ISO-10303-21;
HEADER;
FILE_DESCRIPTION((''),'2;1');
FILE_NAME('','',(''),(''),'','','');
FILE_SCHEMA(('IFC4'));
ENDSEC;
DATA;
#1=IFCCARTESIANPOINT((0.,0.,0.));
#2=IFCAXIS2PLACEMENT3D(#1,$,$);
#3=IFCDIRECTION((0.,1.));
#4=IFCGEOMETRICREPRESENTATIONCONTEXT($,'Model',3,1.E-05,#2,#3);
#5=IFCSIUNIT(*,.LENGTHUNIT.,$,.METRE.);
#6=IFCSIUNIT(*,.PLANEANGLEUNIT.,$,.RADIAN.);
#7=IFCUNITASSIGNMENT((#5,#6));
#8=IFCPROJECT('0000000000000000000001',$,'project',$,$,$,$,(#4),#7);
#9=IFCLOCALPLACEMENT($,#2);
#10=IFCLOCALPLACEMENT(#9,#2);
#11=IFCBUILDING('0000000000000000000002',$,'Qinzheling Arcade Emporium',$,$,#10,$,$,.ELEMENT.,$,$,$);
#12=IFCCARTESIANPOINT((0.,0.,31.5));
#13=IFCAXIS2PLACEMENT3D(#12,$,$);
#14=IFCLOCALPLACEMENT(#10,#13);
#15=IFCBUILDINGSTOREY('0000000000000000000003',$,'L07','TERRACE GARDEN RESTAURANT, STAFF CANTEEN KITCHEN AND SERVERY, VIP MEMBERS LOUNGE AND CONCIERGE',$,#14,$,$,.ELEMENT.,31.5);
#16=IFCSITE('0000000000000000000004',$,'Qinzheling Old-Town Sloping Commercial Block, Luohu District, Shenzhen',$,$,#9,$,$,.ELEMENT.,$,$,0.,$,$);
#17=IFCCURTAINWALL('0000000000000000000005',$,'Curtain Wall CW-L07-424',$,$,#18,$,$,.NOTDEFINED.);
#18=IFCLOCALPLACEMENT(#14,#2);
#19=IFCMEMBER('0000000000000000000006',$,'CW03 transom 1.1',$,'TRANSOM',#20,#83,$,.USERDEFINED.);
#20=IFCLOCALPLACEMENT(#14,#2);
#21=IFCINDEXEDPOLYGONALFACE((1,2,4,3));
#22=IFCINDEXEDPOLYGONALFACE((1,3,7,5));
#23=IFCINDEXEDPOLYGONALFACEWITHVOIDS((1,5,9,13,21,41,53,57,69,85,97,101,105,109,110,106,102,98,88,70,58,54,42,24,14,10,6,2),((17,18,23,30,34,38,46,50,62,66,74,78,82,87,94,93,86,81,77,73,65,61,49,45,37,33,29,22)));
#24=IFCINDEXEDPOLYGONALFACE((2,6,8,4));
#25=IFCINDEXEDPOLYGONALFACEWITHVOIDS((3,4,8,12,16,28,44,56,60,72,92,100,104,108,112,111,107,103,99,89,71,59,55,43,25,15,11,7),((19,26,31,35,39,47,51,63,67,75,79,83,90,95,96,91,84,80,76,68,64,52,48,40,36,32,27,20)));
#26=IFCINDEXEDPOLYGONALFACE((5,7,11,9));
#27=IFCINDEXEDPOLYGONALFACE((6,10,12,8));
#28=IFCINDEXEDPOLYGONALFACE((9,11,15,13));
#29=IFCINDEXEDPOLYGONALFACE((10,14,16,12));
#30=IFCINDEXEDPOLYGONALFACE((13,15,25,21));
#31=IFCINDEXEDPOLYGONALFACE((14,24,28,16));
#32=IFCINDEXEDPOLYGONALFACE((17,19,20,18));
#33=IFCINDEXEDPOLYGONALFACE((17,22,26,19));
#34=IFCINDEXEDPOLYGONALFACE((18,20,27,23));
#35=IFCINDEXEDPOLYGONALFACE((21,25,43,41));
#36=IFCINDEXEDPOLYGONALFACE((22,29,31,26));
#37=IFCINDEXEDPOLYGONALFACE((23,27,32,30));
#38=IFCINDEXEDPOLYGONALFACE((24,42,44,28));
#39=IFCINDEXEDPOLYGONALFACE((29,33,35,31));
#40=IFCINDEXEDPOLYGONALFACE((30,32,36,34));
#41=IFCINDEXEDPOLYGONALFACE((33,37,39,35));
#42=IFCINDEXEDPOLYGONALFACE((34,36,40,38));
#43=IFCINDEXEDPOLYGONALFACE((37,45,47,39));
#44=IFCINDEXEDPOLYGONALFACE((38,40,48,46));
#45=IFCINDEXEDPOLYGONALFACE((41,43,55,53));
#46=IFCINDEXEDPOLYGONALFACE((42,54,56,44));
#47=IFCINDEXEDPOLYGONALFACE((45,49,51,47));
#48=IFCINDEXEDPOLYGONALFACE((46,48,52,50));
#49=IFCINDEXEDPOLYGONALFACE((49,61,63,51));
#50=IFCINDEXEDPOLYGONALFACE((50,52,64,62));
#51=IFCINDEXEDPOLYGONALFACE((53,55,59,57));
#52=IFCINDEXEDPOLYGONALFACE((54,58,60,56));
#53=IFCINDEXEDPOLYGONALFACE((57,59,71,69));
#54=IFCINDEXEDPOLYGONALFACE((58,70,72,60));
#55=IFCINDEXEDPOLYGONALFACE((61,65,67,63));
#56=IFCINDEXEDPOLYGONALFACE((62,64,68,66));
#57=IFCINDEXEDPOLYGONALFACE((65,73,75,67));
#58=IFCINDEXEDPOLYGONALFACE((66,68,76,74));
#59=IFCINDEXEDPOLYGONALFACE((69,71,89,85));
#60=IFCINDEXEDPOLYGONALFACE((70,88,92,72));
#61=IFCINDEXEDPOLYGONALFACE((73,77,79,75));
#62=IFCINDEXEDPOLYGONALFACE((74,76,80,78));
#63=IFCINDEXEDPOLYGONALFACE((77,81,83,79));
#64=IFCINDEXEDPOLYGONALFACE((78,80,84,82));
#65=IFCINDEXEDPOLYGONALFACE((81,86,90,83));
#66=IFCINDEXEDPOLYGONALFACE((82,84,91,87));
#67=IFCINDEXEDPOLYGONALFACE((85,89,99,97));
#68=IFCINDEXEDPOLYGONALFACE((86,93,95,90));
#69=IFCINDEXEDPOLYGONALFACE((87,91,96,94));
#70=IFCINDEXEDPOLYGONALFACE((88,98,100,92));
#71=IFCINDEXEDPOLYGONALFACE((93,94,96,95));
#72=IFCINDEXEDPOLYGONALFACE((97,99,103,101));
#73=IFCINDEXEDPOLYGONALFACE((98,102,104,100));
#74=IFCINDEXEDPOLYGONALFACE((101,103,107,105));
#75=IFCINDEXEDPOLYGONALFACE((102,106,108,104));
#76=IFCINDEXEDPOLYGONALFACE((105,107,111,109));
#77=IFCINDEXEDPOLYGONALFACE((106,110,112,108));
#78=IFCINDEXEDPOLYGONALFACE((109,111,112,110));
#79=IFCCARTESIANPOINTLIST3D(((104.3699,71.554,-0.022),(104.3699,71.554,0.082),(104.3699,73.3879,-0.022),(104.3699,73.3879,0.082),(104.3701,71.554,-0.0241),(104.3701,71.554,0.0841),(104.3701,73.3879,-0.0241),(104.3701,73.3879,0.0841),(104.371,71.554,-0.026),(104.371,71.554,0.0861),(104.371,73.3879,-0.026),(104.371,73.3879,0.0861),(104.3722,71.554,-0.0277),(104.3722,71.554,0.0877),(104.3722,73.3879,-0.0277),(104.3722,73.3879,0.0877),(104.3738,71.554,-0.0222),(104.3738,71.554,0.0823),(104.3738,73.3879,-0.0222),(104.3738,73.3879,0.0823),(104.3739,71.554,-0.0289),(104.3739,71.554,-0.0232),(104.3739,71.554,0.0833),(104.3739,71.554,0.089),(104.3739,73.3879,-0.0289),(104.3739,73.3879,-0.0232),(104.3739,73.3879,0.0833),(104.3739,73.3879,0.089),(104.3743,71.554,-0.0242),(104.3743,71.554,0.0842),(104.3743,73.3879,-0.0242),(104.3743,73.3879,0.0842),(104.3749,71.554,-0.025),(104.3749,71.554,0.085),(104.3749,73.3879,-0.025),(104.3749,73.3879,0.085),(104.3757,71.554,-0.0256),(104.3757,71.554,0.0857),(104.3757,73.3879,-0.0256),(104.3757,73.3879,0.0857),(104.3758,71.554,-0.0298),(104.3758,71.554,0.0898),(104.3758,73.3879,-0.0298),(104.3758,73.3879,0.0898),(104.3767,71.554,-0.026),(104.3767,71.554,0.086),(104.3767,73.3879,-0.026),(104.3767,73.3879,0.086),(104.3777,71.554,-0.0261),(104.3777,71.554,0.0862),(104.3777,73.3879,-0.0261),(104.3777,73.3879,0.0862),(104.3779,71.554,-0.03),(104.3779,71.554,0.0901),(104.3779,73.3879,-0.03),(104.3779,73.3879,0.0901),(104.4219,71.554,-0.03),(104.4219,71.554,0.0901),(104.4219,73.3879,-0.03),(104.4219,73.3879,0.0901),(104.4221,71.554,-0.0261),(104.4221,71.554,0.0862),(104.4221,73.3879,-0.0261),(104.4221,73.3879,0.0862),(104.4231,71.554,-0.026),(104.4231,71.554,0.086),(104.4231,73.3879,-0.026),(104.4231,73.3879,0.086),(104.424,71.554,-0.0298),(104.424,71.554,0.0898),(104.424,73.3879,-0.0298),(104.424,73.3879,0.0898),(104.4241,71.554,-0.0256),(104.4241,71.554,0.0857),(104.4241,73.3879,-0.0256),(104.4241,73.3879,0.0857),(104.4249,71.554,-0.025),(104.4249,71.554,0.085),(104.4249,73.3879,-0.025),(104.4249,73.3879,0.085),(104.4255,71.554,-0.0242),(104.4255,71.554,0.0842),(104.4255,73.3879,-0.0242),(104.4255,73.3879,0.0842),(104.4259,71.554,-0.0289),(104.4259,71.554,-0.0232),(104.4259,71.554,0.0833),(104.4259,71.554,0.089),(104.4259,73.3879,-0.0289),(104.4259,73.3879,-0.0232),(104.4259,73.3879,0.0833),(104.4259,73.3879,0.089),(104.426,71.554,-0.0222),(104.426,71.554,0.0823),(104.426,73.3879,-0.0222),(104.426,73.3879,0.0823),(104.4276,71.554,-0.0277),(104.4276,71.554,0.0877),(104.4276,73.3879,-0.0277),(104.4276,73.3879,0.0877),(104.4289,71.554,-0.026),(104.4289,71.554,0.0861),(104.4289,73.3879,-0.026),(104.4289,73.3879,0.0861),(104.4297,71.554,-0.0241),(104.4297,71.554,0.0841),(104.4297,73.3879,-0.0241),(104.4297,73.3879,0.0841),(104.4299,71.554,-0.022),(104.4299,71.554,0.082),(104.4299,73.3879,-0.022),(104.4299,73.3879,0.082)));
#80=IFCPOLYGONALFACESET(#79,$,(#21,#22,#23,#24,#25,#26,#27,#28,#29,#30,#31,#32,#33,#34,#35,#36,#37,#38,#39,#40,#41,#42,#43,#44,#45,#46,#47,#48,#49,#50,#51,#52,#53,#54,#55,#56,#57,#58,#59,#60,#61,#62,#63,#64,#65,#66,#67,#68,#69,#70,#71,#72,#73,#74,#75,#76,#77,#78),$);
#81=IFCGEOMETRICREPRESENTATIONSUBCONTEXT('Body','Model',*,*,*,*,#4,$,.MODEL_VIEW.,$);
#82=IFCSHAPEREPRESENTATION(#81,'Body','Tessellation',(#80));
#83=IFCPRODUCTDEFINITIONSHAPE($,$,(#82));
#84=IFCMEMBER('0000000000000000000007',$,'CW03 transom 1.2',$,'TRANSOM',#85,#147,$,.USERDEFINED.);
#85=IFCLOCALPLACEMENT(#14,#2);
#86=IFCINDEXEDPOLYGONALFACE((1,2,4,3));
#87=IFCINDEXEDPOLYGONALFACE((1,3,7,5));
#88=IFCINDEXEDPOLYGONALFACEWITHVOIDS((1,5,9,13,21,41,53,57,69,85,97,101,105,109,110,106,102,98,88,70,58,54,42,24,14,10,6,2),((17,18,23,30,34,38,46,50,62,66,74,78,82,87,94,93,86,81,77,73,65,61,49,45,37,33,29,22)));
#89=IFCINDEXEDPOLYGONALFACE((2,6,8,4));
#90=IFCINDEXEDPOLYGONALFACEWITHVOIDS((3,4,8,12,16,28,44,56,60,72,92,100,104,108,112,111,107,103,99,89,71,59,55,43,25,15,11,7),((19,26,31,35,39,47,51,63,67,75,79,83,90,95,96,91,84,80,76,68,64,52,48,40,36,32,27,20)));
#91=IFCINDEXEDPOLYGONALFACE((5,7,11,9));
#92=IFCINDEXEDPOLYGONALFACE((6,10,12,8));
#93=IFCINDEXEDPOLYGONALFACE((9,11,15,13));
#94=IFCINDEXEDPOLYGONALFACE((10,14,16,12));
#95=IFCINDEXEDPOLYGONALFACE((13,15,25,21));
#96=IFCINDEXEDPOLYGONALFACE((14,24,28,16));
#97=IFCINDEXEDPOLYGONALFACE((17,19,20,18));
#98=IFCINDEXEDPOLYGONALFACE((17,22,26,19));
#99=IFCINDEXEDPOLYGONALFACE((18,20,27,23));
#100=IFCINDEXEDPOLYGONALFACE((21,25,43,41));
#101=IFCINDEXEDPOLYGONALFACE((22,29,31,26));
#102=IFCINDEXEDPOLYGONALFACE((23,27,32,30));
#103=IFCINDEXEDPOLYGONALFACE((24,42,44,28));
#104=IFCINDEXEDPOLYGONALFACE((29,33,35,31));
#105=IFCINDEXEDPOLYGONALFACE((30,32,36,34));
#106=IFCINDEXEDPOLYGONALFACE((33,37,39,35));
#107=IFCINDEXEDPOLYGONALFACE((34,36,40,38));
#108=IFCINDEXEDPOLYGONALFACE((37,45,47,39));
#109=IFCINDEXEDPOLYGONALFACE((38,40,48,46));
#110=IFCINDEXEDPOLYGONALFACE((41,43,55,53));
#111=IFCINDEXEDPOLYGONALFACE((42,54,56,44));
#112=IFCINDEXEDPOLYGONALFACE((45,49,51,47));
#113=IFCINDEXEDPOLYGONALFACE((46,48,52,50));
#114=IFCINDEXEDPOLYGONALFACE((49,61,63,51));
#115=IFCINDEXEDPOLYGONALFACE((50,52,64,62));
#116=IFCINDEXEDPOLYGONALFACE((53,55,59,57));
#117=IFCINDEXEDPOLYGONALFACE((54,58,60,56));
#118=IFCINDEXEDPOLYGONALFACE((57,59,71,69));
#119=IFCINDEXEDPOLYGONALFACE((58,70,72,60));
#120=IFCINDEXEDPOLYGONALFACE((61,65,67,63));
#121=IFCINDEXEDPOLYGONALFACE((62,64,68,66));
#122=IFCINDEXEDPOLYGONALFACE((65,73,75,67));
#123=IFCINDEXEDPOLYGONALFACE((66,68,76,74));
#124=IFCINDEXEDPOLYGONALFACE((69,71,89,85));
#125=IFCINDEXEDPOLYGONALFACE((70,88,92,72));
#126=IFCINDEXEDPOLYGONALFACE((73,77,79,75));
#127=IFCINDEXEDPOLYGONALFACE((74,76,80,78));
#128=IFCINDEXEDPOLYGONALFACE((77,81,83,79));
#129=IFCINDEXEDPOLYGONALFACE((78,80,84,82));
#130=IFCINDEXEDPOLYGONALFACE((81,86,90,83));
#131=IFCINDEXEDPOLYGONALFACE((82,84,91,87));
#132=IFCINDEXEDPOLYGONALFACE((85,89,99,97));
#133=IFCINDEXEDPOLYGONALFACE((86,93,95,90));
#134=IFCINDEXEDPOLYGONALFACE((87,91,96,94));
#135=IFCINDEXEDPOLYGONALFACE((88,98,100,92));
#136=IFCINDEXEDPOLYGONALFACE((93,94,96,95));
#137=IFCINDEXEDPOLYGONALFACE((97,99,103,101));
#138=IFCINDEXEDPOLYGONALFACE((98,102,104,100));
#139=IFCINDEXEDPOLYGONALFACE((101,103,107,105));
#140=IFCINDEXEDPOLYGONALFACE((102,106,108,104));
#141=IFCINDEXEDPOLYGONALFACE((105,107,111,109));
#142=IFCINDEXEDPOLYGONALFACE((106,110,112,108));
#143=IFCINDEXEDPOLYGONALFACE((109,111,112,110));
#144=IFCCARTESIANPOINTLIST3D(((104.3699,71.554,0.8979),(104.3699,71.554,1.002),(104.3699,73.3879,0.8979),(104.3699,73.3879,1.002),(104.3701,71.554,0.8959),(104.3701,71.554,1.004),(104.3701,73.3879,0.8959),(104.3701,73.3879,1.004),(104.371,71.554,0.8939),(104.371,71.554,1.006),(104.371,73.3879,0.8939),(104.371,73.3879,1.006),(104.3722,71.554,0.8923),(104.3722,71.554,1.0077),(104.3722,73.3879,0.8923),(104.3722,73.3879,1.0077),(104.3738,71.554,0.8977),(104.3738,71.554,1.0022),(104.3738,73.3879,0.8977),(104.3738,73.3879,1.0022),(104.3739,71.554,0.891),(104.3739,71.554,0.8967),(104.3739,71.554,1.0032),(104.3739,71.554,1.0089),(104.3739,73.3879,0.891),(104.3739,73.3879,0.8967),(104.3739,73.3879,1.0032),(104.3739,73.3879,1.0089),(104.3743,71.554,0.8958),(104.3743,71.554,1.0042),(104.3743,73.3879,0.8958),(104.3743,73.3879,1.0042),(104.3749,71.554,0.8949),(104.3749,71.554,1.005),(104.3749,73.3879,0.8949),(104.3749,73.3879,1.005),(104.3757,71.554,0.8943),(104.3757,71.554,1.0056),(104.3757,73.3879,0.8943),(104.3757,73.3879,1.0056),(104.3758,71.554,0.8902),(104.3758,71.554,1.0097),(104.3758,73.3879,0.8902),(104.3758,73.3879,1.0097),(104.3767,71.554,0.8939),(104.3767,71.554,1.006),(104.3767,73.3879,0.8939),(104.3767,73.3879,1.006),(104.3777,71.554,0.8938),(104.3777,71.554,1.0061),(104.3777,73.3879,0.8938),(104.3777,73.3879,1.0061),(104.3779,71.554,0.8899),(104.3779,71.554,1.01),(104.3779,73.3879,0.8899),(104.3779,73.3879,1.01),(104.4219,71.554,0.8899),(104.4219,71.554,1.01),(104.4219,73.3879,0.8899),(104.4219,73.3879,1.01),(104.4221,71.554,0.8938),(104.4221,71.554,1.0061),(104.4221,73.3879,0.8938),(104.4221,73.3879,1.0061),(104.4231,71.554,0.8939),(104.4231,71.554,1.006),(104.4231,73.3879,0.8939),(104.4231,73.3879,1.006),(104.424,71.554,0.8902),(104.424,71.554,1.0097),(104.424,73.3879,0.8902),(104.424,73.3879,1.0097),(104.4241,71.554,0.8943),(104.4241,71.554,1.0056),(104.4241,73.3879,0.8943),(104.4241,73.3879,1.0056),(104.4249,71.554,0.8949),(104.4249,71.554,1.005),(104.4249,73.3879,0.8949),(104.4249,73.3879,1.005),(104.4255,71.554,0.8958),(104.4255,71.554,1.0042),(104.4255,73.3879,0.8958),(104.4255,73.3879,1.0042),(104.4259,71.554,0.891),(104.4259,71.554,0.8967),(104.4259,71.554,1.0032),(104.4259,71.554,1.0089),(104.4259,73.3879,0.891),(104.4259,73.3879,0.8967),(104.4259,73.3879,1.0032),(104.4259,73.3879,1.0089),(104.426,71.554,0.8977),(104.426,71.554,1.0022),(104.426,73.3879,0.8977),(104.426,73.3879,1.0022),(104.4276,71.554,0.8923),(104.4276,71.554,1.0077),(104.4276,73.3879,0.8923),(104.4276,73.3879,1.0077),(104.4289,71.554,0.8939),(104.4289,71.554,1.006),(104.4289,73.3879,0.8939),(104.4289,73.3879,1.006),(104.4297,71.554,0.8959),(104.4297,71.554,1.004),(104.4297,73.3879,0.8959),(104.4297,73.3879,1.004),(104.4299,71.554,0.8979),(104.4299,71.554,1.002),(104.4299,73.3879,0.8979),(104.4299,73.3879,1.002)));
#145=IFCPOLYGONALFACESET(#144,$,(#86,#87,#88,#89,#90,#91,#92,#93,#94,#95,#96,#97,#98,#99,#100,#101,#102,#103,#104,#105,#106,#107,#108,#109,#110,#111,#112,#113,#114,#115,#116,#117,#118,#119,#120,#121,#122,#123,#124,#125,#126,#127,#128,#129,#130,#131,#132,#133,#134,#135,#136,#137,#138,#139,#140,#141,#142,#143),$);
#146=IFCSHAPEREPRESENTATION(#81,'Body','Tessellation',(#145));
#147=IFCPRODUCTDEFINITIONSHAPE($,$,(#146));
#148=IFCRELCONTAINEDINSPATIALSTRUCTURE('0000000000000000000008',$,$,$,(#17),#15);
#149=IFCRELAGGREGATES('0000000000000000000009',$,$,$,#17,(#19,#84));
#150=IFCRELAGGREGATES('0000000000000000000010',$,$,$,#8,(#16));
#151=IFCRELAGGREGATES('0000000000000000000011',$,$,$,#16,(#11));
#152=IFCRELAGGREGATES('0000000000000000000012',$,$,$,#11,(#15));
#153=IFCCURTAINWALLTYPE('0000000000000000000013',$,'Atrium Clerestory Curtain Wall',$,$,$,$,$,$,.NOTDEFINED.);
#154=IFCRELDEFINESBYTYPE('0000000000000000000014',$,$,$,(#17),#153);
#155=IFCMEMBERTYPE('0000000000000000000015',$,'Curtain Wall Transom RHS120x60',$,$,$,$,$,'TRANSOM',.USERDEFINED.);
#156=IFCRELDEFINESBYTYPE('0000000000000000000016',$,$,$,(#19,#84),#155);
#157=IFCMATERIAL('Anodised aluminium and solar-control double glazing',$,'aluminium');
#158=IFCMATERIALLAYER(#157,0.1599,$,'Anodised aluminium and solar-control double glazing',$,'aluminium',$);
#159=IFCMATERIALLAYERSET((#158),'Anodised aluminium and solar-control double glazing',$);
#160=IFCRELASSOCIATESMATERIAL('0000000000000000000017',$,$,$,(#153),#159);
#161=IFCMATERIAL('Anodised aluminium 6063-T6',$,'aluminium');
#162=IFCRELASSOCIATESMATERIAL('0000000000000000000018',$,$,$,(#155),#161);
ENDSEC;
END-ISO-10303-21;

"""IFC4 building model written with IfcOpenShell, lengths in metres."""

from ifc_helpers import new_model, si_unit, direction, frame, origin, origin_2d, place, context, subcontext, project, spatial, hollow_rectangle, extrude, material, layer, layer_set, material_profile, profile_set, type_object, element, aggregate, save


model = new_model("IFC4")

# Units and contexts
model_context = context("Model", 3, precision=1e-05, world=origin(), true_north=direction((0.0, 1.0)))
body_context = subcontext(model_context, "Body", "Model", "MODEL_VIEW")
ifc_project = project(units=[si_unit("LENGTHUNIT", "METRE"), si_unit("PLANEANGLEUNIT", "RADIAN")], contexts=[model_context])

# Site, building, storey
site_placement = place(None, origin())
site = spatial("IfcSite", under=ifc_project, at=site_placement, Name="Qinzheling Old-Town Sloping Commercial Block, Luohu District, Shenzhen", CompositionType="ELEMENT", RefElevation=0.0)
building_placement = place(site_placement, origin())
building = spatial("IfcBuilding", under=site, at=building_placement, Name="Qinzheling Arcade Emporium", CompositionType="ELEMENT")
storey_placement = place(building_placement, frame((0.0, 0.0, 31.5)))
storey = spatial("IfcBuildingStorey", under=building, at=storey_placement, Name="L07", Description="TERRACE GARDEN RESTAURANT, STAFF CANTEEN KITCHEN AND SERVERY, VIP MEMBERS LOUNGE AND CONCIERGE", CompositionType="ELEMENT", Elevation=31.5)

# Curtain wall, members
ifc_material_1 = material(Name="Anodised aluminium and solar-control double glazing", Category="aluminium")
ifc_layer_1 = layer(ifc_material_1, 0.1599, Name="Anodised aluminium and solar-control double glazing", Category="aluminium")
ifc_layer_set_1 = layer_set([ifc_layer_1], Name="Anodised aluminium and solar-control double glazing")
curtain_wall_type = type_object("IfcCurtainWallType", Name="Atrium Clerestory Curtain Wall", PredefinedType="NOTDEFINED", material=ifc_layer_set_1)
curtain_wall_placement = place(storey_placement, origin())
curtain_wall = element("IfcCurtainWall", 1, at=curtain_wall_placement, inside=storey, type_object=curtain_wall_type, Name="Curtain Wall CW-L07-424", PredefinedType="NOTDEFINED")
ifc_material_2 = material(Name="Anodised aluminium 6063-T6", Category="aluminium")
ifc_material_profile_1 = material_profile(ifc_material_2, hollow_rectangle(XDim=0.0601, YDim=0.1201, WallThickness=0.0039, InnerFilletRadius=0.0039, OuterFilletRadius=0.0081, at=origin_2d()), Name="RHS 120x60x4", Category="aluminium")
ifc_profile_set_1 = profile_set([ifc_material_profile_1], Name="Anodised aluminium 6063-T6")
member_type_1 = type_object("IfcMemberType", Name="Curtain Wall Transom RHS120x60", ElementType="TRANSOM", PredefinedType="USERDEFINED", material=ifc_profile_set_1)
member_1_placement = place(storey_placement, frame((104.3999, 73.3879, 0.03), z_axis=(0.0, -1.0, 0.0), x_axis=(1.0, 0.0, 0.0)))
member_1 = element("IfcMember", 2, at=member_1_placement, type_object=member_type_1, Name="CW03 transom 1.1", ObjectType="TRANSOM", PredefinedType="USERDEFINED", context=body_context, shape_type="SweptSolid", body=[
    extrude(hollow_rectangle(XDim=0.0601, YDim=0.1201, WallThickness=0.0039, InnerFilletRadius=0.0039, OuterFilletRadius=0.0081, at=origin_2d()), origin(), (0.0, 0.0, 1.0), 1.834),
])
member_2_placement = place(storey_placement, frame((104.3999, 73.3879, 0.95), z_axis=(0.0, -1.0, 0.0), x_axis=(1.0, 0.0, 0.0)))
member_2 = element("IfcMember", 3, at=member_2_placement, type_object=member_type_1, Name="CW03 transom 1.2", ObjectType="TRANSOM", PredefinedType="USERDEFINED", context=body_context, shape_type="SweptSolid", body=[
    extrude(hollow_rectangle(XDim=0.0601, YDim=0.1201, WallThickness=0.0039, InnerFilletRadius=0.0039, OuterFilletRadius=0.0081, at=origin_2d()), origin(), (0.0, 0.0, 1.0), 1.834),
])
aggregate(curtain_wall, [member_1, member_2])

save(model, "model.ifc")
